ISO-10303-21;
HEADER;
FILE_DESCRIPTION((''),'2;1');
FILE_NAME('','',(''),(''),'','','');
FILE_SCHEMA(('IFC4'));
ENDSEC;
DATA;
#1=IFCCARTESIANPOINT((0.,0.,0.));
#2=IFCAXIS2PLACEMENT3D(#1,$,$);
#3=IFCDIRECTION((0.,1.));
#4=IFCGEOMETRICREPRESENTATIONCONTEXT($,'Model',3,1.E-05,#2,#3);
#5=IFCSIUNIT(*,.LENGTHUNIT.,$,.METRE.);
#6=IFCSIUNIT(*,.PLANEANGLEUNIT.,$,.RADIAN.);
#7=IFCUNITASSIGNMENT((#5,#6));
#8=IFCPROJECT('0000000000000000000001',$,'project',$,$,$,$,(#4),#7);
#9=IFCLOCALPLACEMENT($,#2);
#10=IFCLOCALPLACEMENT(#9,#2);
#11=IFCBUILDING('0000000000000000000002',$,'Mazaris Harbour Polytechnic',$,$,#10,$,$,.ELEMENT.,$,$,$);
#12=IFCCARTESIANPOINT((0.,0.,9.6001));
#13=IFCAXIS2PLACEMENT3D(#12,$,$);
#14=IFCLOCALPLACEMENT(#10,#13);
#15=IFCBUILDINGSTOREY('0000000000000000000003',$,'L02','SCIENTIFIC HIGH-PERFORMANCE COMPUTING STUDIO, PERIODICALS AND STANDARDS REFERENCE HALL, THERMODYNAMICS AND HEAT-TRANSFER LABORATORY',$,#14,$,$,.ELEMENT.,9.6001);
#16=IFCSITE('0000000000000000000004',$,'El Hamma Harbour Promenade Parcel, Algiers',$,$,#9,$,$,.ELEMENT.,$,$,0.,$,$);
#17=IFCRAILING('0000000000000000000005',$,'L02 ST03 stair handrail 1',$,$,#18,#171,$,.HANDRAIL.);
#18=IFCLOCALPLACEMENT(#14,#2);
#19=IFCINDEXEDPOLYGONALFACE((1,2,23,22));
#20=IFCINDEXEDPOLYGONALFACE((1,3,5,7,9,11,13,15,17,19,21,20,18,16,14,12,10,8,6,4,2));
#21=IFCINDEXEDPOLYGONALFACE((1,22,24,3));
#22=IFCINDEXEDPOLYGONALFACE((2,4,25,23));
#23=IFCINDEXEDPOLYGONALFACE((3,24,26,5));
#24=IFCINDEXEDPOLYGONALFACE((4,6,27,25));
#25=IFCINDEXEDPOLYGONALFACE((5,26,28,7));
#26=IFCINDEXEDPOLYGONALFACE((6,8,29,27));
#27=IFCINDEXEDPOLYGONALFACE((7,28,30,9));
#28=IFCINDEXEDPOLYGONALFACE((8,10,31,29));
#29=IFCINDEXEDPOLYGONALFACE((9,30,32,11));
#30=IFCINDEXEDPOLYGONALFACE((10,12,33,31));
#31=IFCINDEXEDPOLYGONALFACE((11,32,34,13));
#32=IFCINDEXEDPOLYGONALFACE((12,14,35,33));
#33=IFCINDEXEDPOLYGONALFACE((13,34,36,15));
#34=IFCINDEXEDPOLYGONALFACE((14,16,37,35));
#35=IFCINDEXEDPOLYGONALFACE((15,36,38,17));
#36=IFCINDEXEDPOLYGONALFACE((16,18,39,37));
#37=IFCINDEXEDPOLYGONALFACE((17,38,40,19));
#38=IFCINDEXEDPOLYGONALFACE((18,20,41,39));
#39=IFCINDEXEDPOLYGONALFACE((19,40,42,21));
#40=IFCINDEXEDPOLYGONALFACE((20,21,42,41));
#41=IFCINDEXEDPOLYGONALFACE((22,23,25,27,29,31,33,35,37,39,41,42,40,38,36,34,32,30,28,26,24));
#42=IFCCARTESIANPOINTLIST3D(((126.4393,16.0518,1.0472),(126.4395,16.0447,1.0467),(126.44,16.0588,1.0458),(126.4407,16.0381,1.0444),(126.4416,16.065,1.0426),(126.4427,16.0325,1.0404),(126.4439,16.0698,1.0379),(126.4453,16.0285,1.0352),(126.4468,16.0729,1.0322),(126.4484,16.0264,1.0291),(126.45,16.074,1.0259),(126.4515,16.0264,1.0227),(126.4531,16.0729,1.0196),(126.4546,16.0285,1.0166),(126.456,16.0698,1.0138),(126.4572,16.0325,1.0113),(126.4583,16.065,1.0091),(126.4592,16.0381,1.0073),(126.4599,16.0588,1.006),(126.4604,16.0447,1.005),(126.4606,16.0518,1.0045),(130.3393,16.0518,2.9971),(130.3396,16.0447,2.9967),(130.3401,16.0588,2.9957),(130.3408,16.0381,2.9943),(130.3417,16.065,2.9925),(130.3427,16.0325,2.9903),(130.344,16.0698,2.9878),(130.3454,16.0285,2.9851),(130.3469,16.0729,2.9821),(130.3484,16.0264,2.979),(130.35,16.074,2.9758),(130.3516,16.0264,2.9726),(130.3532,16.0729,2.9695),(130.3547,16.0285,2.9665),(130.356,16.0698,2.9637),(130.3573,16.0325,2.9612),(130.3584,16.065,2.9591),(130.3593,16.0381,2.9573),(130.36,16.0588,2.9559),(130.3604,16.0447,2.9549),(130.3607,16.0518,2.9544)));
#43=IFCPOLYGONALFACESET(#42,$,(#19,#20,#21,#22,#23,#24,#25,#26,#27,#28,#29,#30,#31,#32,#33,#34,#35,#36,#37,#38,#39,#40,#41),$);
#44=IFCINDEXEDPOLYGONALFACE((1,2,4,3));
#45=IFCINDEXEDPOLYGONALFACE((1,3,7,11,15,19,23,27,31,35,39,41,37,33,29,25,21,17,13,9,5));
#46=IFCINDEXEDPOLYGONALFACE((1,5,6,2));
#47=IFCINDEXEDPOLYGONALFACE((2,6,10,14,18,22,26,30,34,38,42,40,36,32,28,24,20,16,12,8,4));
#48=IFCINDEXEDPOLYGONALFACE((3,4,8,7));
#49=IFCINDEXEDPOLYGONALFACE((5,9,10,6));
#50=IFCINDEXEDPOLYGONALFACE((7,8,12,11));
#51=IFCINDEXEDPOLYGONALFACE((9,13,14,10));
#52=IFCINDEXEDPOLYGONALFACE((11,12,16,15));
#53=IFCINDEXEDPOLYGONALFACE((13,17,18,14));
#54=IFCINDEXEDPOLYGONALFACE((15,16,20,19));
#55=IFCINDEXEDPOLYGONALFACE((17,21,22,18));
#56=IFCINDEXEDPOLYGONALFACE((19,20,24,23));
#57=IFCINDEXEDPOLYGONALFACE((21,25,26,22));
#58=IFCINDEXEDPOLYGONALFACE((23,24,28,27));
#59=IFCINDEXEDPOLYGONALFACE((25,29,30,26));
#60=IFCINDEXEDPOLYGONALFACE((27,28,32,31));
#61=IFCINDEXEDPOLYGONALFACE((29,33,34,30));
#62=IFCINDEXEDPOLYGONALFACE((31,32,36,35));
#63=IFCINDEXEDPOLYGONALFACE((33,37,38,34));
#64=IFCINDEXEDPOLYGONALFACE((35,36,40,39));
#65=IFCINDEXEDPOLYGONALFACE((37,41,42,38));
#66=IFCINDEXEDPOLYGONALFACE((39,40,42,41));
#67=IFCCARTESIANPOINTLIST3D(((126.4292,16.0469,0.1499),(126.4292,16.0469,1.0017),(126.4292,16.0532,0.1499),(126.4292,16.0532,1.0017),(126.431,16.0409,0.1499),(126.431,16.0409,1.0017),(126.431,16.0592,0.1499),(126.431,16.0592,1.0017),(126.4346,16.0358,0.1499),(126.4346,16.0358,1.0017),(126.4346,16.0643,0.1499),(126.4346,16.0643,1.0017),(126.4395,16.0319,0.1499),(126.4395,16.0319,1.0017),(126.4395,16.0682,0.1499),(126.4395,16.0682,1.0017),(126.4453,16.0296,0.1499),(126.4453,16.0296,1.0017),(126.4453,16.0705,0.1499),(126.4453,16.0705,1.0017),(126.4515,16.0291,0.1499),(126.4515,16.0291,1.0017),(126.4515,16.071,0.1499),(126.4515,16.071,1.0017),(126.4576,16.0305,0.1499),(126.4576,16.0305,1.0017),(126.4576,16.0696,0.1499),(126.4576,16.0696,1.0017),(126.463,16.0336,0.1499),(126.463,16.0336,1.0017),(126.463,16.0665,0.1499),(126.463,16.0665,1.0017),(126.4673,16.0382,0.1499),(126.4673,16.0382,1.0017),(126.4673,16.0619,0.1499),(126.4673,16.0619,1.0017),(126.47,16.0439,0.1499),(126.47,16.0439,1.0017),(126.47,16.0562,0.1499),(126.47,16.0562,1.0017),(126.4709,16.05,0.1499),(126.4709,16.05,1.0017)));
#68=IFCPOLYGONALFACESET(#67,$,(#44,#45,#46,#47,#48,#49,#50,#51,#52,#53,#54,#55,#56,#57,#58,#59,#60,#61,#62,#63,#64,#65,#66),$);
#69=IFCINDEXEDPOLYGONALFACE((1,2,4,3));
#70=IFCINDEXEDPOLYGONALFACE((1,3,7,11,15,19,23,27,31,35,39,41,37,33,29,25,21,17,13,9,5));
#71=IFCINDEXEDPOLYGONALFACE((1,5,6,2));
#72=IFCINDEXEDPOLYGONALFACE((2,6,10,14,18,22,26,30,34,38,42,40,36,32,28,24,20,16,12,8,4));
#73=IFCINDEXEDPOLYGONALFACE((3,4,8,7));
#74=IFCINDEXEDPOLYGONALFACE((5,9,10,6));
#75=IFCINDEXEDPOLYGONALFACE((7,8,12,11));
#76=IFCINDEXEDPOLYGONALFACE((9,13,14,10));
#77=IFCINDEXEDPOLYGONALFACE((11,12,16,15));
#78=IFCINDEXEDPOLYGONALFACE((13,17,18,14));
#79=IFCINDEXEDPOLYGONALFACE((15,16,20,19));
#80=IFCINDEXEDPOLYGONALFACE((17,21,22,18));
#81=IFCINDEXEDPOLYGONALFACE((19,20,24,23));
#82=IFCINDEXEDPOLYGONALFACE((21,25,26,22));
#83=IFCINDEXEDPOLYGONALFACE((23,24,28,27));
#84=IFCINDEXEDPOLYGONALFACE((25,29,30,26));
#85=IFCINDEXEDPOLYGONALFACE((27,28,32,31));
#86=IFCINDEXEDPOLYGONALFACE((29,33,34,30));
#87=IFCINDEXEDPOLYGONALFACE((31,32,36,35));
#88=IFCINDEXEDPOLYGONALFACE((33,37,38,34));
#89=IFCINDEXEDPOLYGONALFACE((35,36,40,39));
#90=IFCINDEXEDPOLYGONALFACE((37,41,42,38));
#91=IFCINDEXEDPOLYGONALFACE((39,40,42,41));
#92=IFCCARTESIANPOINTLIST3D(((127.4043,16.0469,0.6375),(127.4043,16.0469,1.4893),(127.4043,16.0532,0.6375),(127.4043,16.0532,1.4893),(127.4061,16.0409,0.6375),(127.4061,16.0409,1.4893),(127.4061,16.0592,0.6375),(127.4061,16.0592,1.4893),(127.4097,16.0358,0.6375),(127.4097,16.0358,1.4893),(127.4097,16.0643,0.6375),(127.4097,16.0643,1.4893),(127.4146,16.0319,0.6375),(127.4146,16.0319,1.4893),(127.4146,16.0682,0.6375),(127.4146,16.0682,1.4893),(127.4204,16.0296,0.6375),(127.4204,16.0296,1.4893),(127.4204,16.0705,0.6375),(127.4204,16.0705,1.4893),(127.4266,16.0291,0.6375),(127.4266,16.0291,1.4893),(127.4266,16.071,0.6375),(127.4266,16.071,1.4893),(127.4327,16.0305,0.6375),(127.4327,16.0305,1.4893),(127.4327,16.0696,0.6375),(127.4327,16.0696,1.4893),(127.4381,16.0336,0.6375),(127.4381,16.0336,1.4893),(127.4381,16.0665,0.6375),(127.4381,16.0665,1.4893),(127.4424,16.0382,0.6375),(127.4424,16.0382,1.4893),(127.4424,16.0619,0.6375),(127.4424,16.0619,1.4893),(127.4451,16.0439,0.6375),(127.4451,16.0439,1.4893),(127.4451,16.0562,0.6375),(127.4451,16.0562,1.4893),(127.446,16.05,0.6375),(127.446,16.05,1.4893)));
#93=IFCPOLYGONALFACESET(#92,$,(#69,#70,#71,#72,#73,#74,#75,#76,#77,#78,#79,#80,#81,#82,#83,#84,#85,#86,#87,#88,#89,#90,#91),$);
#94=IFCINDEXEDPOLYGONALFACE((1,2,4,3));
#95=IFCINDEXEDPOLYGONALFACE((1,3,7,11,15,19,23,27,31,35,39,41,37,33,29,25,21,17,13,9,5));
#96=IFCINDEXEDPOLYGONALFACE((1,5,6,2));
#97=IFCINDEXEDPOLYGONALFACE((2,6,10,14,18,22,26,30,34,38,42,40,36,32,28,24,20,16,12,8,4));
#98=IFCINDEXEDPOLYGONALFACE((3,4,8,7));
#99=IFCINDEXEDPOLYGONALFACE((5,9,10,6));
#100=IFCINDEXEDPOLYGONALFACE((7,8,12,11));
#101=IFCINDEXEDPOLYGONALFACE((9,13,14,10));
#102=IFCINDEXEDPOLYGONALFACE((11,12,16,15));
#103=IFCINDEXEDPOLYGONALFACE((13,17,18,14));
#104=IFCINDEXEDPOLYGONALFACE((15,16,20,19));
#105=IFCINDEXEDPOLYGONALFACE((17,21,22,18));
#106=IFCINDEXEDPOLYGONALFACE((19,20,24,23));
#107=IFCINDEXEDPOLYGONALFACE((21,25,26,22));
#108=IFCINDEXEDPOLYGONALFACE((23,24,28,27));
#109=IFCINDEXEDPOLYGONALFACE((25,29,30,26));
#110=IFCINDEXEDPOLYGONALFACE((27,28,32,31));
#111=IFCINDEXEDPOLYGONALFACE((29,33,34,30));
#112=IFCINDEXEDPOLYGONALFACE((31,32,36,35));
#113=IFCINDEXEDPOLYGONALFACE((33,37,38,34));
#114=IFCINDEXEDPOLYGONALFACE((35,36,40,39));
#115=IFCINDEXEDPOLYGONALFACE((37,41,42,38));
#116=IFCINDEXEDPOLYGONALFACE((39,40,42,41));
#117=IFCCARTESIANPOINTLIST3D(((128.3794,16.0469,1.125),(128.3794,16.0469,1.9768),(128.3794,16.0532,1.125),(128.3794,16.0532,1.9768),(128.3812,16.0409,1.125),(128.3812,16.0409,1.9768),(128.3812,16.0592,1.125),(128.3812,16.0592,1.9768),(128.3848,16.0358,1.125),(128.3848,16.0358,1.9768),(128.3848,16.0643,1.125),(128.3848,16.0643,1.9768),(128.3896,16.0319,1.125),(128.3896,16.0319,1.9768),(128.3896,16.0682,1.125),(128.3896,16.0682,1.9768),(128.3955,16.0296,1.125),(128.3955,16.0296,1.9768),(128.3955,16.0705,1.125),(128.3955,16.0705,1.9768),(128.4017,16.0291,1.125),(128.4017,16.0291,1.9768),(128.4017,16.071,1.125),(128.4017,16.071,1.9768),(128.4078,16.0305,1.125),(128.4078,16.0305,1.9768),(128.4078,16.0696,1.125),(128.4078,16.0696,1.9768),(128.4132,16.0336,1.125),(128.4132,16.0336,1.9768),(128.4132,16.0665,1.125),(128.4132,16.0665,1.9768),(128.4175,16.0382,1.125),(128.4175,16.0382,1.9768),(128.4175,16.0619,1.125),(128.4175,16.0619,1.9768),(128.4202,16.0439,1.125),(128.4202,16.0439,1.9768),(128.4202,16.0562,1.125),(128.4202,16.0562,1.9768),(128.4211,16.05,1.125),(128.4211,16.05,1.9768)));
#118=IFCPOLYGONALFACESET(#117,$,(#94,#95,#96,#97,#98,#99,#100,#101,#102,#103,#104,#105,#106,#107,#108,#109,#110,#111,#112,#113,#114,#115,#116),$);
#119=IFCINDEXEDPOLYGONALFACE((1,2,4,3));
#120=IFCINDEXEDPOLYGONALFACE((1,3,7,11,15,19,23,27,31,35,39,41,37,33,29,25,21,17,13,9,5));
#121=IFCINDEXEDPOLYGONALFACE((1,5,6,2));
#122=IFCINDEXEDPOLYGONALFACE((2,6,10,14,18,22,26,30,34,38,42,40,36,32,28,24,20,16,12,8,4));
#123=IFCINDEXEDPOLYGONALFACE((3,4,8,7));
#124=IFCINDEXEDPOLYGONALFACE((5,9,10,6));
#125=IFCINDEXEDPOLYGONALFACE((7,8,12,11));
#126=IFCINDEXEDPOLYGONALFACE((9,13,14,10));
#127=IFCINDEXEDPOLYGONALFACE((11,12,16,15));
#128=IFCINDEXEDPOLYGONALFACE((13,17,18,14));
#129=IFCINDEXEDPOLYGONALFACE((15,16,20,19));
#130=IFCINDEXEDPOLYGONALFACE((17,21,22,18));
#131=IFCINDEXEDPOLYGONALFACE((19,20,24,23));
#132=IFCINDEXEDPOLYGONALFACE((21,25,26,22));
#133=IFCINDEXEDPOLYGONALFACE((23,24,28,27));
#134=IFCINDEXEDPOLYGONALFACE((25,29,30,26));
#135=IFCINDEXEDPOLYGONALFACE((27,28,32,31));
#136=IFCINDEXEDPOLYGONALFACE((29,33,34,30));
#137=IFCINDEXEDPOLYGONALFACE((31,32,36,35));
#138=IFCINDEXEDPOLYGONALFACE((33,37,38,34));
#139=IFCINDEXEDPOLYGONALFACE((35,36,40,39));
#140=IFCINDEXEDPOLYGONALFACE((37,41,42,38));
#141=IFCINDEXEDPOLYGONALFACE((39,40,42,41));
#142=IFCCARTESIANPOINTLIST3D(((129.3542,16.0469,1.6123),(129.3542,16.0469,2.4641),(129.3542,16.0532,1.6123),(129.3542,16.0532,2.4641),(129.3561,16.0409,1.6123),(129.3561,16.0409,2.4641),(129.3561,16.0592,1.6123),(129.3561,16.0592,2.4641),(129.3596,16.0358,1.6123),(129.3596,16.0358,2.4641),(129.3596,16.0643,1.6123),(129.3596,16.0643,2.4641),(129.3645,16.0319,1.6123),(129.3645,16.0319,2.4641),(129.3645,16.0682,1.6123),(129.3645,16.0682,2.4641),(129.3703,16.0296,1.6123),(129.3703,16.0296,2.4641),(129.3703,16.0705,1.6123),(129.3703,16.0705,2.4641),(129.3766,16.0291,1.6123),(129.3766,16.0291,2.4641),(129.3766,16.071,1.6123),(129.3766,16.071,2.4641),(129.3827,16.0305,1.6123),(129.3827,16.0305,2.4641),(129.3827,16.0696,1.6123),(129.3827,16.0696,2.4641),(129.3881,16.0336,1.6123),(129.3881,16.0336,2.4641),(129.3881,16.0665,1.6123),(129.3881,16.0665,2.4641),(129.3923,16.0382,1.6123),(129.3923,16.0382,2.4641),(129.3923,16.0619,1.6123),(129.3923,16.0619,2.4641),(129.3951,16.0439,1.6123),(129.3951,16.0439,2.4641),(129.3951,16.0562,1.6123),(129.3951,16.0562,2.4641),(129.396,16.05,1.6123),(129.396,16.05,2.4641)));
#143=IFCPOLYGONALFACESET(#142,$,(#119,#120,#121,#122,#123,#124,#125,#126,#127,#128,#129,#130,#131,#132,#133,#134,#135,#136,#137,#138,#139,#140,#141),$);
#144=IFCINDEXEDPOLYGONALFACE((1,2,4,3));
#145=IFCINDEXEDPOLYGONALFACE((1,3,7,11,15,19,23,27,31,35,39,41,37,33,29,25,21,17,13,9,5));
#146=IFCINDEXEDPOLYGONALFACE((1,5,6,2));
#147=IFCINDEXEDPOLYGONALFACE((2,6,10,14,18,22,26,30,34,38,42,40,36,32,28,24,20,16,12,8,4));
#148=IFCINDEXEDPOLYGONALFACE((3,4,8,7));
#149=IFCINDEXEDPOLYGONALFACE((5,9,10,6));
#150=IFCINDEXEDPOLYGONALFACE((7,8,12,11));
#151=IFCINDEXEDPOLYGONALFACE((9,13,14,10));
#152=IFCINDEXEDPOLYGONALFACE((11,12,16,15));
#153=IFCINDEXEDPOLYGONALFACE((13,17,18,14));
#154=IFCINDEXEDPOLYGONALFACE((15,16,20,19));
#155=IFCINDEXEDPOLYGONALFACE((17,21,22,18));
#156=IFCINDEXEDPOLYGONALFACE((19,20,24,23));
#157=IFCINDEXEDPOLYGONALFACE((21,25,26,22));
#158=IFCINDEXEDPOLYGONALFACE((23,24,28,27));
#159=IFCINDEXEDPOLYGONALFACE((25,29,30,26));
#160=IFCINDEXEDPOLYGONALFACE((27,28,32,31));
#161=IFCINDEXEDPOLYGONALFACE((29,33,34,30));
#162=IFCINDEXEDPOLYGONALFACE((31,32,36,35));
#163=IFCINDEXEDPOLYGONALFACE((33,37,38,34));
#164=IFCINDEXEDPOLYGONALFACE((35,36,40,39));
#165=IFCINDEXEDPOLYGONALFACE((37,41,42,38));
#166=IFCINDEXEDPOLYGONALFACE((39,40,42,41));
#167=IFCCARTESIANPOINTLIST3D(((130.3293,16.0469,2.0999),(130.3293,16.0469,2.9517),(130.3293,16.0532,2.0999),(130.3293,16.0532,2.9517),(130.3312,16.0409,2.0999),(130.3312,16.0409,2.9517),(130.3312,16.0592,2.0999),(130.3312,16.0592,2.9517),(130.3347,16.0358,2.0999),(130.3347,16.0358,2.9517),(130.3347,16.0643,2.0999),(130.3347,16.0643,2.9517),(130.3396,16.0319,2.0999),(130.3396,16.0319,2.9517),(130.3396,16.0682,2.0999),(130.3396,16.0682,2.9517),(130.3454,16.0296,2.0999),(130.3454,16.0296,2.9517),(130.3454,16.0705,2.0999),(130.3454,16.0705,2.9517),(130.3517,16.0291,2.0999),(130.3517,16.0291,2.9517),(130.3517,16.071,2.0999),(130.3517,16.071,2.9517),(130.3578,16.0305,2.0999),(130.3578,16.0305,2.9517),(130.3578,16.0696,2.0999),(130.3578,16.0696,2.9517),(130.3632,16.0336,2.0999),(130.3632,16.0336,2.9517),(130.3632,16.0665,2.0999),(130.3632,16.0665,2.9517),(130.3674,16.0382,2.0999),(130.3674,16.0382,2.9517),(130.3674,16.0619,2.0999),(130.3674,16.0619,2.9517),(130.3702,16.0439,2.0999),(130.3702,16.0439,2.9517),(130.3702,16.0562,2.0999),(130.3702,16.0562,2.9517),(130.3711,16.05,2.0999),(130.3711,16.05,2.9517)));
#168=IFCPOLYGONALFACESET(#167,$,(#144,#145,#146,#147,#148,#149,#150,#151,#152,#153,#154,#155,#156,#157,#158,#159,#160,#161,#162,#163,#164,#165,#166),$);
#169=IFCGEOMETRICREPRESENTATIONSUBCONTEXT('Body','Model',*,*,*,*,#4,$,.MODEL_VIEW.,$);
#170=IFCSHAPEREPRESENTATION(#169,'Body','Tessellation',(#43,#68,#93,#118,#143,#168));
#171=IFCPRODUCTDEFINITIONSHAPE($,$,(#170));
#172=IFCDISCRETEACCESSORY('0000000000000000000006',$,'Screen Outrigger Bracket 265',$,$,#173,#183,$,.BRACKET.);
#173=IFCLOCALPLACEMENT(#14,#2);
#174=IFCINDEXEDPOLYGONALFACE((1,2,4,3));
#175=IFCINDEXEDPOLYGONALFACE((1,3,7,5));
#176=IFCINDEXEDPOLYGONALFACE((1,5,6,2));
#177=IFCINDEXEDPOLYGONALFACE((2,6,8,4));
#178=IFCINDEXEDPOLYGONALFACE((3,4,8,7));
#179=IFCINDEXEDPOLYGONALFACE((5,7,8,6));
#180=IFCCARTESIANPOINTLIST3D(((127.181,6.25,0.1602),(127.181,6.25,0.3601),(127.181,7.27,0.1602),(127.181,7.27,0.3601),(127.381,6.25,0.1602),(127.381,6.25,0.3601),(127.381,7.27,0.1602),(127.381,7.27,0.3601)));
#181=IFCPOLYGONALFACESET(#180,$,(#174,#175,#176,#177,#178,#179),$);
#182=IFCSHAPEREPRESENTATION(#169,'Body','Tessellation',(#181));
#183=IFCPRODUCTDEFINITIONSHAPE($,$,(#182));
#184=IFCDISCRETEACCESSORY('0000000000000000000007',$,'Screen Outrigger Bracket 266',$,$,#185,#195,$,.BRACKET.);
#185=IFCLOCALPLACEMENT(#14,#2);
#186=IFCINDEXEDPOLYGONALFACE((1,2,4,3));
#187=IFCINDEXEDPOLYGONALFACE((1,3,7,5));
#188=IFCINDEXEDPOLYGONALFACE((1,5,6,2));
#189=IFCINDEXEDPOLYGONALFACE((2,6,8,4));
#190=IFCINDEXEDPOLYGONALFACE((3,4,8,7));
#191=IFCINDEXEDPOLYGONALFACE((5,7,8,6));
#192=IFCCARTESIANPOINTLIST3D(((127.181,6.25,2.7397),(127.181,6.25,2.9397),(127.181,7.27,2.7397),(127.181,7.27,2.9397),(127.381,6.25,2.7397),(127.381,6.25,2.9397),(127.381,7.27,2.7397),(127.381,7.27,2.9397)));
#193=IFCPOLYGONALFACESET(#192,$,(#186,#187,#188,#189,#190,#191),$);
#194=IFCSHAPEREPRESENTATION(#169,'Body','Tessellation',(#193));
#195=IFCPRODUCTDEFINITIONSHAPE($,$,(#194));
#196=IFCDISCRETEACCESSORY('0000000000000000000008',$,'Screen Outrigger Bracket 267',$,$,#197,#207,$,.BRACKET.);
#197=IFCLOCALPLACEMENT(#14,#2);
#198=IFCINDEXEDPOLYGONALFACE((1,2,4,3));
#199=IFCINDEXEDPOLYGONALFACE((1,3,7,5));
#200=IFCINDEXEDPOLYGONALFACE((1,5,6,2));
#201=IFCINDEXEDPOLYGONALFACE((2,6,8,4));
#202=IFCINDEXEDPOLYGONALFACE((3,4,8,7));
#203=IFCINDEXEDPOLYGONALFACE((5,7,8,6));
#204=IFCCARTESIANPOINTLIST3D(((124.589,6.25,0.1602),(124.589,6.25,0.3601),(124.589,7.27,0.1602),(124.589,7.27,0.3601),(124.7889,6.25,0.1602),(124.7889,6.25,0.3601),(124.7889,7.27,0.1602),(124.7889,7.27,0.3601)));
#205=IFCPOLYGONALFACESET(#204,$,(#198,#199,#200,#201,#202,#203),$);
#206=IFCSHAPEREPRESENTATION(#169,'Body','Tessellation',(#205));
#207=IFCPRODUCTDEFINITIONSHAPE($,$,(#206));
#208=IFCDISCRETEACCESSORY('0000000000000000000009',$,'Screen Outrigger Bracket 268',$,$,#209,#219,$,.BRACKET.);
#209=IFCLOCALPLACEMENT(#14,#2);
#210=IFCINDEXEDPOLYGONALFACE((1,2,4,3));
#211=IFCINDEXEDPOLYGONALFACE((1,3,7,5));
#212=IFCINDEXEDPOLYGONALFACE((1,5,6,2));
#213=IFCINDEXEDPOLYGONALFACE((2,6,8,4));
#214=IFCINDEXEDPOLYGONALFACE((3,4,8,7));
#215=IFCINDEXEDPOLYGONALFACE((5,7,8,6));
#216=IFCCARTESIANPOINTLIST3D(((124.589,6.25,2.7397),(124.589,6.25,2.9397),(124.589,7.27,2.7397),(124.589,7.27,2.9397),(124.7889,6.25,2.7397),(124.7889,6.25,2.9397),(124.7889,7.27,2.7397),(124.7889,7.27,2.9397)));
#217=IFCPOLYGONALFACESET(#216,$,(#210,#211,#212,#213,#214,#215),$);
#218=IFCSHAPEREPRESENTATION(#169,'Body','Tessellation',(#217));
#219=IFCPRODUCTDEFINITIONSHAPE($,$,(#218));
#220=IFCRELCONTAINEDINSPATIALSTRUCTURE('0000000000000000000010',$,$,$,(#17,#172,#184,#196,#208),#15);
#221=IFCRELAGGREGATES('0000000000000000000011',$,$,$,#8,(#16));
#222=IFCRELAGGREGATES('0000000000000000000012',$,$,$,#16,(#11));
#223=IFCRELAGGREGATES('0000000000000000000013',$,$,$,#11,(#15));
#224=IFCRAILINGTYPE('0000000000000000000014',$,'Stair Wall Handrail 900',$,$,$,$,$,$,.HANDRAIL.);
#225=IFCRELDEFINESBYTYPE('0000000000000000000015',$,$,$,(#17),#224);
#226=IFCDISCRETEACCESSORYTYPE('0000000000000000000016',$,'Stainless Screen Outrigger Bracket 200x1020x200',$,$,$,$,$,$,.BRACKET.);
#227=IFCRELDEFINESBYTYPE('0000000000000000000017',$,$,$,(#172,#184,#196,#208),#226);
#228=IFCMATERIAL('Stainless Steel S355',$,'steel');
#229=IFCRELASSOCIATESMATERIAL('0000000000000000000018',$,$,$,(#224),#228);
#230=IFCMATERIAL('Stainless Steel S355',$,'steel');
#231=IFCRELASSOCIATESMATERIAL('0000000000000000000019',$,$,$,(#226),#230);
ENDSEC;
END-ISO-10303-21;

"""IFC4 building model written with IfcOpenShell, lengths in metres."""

from ifc_helpers import new_model, si_unit, direction, frame, origin, origin_2d, place, context, subcontext, project, spatial, rectangle, circle, extrude, material, type_object, element, save


model = new_model("IFC4")

# Units and contexts
model_context = context("Model", 3, precision=1e-05, world=origin(), true_north=direction((0.0, 1.0)))
body_context = subcontext(model_context, "Body", "Model", "MODEL_VIEW")
ifc_project = project(units=[si_unit("LENGTHUNIT", "METRE"), si_unit("PLANEANGLEUNIT", "RADIAN")], contexts=[model_context])

# Site, building, storey
site_placement = place(None, origin())
site = spatial("IfcSite", under=ifc_project, at=site_placement, Name="El Hamma Harbour Promenade Parcel, Algiers", CompositionType="ELEMENT", RefElevation=0.0)
building_placement = place(site_placement, origin())
building = spatial("IfcBuilding", under=site, at=building_placement, Name="Mazaris Harbour Polytechnic", CompositionType="ELEMENT")
storey_placement = place(building_placement, frame((0.0, 0.0, 9.6001)))
storey = spatial("IfcBuildingStorey", under=building, at=storey_placement, Name="L02", Description="SCIENTIFIC HIGH-PERFORMANCE COMPUTING STUDIO, PERIODICALS AND STANDARDS REFERENCE HALL, THERMODYNAMICS AND HEAT-TRANSFER LABORATORY", CompositionType="ELEMENT", Elevation=9.6001)

# Railing
ifc_material_1 = material(Name="Stainless Steel S355", Category="steel")
railing_type_1 = type_object("IfcRailingType", Name="Stair Wall Handrail 900", PredefinedType="HANDRAIL", material=ifc_material_1)
railing_placement = place(storey_placement, frame((126.45, 16.05, 0.1499)))
element("IfcRailing", 1, at=railing_placement, inside=storey, type_object=railing_type_1, Name="L02 ST03 stair handrail 1", PredefinedType="HANDRAIL", context=body_context, shape_type="SweptSolid", body=[
    extrude(circle(Radius=0.0239, at=origin_2d()), frame((0.0, 0.0, 0.876), z_axis=(0.894438, 0.0, 0.447191), x_axis=(0.0, 1.0, 0.0)), (0.0, 0.0, 1.0), 4.3604),
    extrude(circle(Radius=0.021, at=origin_2d()), origin(), (0.0, 0.0, 1.0), 0.8518),
    extrude(circle(Radius=0.021, at=origin_2d()), frame((0.9751, 0.0, 0.4875)), (0.0, 0.0, 1.0), 0.8518),
    extrude(circle(Radius=0.021, at=origin_2d()), frame((1.9502, 0.0, 0.9751)), (0.0, 0.0, 1.0), 0.8518),
    extrude(circle(Radius=0.021, at=origin_2d()), frame((2.925, 0.0, 1.4624)), (0.0, 0.0, 1.0), 0.8518),
    extrude(circle(Radius=0.021, at=origin_2d()), frame((3.9001, 0.0, 1.95)), (0.0, 0.0, 1.0), 0.8518),
])

# Discrete accessories
ifc_material_2 = material(Name="Stainless Steel S355", Category="steel")
discrete_accessory_type = type_object("IfcDiscreteAccessoryType", Name="Stainless Screen Outrigger Bracket 200x1020x200", PredefinedType="BRACKET", material=ifc_material_2)
for number, where, z_axis, x_axis, name in (
    (2, (127.281, 6.76, 0.1602), (0.0, 0.0, 1.0), (-1.0, 0.0, 0.0), "Screen Outrigger Bracket 265"),
    (3, (127.281, 6.76, 2.7397), (0.0, 0.0, 1.0), (-1.0, 0.0, 0.0), "Screen Outrigger Bracket 266"),
    (4, (124.689, 6.76, 0.1602), (0.0, 0.0, 1.0), (-1.0, 0.0, 0.0), "Screen Outrigger Bracket 267"),
    (5, (124.689, 6.76, 2.7397), (0.0, 0.0, 1.0), (-1.0, 0.0, 0.0), "Screen Outrigger Bracket 268"),
):
    element("IfcDiscreteAccessory", number, at=place(storey_placement, frame(where, z_axis=z_axis, x_axis=x_axis)), inside=storey, type_object=discrete_accessory_type, Name=name, PredefinedType="BRACKET", context=body_context, shape_type="SweptSolid", body=[
        extrude(rectangle(XDim=0.2, YDim=1.02, at=origin_2d()), origin(), (0.0, 0.0, 1.0), 0.2),
    ])

save(model, "model.ifc")
